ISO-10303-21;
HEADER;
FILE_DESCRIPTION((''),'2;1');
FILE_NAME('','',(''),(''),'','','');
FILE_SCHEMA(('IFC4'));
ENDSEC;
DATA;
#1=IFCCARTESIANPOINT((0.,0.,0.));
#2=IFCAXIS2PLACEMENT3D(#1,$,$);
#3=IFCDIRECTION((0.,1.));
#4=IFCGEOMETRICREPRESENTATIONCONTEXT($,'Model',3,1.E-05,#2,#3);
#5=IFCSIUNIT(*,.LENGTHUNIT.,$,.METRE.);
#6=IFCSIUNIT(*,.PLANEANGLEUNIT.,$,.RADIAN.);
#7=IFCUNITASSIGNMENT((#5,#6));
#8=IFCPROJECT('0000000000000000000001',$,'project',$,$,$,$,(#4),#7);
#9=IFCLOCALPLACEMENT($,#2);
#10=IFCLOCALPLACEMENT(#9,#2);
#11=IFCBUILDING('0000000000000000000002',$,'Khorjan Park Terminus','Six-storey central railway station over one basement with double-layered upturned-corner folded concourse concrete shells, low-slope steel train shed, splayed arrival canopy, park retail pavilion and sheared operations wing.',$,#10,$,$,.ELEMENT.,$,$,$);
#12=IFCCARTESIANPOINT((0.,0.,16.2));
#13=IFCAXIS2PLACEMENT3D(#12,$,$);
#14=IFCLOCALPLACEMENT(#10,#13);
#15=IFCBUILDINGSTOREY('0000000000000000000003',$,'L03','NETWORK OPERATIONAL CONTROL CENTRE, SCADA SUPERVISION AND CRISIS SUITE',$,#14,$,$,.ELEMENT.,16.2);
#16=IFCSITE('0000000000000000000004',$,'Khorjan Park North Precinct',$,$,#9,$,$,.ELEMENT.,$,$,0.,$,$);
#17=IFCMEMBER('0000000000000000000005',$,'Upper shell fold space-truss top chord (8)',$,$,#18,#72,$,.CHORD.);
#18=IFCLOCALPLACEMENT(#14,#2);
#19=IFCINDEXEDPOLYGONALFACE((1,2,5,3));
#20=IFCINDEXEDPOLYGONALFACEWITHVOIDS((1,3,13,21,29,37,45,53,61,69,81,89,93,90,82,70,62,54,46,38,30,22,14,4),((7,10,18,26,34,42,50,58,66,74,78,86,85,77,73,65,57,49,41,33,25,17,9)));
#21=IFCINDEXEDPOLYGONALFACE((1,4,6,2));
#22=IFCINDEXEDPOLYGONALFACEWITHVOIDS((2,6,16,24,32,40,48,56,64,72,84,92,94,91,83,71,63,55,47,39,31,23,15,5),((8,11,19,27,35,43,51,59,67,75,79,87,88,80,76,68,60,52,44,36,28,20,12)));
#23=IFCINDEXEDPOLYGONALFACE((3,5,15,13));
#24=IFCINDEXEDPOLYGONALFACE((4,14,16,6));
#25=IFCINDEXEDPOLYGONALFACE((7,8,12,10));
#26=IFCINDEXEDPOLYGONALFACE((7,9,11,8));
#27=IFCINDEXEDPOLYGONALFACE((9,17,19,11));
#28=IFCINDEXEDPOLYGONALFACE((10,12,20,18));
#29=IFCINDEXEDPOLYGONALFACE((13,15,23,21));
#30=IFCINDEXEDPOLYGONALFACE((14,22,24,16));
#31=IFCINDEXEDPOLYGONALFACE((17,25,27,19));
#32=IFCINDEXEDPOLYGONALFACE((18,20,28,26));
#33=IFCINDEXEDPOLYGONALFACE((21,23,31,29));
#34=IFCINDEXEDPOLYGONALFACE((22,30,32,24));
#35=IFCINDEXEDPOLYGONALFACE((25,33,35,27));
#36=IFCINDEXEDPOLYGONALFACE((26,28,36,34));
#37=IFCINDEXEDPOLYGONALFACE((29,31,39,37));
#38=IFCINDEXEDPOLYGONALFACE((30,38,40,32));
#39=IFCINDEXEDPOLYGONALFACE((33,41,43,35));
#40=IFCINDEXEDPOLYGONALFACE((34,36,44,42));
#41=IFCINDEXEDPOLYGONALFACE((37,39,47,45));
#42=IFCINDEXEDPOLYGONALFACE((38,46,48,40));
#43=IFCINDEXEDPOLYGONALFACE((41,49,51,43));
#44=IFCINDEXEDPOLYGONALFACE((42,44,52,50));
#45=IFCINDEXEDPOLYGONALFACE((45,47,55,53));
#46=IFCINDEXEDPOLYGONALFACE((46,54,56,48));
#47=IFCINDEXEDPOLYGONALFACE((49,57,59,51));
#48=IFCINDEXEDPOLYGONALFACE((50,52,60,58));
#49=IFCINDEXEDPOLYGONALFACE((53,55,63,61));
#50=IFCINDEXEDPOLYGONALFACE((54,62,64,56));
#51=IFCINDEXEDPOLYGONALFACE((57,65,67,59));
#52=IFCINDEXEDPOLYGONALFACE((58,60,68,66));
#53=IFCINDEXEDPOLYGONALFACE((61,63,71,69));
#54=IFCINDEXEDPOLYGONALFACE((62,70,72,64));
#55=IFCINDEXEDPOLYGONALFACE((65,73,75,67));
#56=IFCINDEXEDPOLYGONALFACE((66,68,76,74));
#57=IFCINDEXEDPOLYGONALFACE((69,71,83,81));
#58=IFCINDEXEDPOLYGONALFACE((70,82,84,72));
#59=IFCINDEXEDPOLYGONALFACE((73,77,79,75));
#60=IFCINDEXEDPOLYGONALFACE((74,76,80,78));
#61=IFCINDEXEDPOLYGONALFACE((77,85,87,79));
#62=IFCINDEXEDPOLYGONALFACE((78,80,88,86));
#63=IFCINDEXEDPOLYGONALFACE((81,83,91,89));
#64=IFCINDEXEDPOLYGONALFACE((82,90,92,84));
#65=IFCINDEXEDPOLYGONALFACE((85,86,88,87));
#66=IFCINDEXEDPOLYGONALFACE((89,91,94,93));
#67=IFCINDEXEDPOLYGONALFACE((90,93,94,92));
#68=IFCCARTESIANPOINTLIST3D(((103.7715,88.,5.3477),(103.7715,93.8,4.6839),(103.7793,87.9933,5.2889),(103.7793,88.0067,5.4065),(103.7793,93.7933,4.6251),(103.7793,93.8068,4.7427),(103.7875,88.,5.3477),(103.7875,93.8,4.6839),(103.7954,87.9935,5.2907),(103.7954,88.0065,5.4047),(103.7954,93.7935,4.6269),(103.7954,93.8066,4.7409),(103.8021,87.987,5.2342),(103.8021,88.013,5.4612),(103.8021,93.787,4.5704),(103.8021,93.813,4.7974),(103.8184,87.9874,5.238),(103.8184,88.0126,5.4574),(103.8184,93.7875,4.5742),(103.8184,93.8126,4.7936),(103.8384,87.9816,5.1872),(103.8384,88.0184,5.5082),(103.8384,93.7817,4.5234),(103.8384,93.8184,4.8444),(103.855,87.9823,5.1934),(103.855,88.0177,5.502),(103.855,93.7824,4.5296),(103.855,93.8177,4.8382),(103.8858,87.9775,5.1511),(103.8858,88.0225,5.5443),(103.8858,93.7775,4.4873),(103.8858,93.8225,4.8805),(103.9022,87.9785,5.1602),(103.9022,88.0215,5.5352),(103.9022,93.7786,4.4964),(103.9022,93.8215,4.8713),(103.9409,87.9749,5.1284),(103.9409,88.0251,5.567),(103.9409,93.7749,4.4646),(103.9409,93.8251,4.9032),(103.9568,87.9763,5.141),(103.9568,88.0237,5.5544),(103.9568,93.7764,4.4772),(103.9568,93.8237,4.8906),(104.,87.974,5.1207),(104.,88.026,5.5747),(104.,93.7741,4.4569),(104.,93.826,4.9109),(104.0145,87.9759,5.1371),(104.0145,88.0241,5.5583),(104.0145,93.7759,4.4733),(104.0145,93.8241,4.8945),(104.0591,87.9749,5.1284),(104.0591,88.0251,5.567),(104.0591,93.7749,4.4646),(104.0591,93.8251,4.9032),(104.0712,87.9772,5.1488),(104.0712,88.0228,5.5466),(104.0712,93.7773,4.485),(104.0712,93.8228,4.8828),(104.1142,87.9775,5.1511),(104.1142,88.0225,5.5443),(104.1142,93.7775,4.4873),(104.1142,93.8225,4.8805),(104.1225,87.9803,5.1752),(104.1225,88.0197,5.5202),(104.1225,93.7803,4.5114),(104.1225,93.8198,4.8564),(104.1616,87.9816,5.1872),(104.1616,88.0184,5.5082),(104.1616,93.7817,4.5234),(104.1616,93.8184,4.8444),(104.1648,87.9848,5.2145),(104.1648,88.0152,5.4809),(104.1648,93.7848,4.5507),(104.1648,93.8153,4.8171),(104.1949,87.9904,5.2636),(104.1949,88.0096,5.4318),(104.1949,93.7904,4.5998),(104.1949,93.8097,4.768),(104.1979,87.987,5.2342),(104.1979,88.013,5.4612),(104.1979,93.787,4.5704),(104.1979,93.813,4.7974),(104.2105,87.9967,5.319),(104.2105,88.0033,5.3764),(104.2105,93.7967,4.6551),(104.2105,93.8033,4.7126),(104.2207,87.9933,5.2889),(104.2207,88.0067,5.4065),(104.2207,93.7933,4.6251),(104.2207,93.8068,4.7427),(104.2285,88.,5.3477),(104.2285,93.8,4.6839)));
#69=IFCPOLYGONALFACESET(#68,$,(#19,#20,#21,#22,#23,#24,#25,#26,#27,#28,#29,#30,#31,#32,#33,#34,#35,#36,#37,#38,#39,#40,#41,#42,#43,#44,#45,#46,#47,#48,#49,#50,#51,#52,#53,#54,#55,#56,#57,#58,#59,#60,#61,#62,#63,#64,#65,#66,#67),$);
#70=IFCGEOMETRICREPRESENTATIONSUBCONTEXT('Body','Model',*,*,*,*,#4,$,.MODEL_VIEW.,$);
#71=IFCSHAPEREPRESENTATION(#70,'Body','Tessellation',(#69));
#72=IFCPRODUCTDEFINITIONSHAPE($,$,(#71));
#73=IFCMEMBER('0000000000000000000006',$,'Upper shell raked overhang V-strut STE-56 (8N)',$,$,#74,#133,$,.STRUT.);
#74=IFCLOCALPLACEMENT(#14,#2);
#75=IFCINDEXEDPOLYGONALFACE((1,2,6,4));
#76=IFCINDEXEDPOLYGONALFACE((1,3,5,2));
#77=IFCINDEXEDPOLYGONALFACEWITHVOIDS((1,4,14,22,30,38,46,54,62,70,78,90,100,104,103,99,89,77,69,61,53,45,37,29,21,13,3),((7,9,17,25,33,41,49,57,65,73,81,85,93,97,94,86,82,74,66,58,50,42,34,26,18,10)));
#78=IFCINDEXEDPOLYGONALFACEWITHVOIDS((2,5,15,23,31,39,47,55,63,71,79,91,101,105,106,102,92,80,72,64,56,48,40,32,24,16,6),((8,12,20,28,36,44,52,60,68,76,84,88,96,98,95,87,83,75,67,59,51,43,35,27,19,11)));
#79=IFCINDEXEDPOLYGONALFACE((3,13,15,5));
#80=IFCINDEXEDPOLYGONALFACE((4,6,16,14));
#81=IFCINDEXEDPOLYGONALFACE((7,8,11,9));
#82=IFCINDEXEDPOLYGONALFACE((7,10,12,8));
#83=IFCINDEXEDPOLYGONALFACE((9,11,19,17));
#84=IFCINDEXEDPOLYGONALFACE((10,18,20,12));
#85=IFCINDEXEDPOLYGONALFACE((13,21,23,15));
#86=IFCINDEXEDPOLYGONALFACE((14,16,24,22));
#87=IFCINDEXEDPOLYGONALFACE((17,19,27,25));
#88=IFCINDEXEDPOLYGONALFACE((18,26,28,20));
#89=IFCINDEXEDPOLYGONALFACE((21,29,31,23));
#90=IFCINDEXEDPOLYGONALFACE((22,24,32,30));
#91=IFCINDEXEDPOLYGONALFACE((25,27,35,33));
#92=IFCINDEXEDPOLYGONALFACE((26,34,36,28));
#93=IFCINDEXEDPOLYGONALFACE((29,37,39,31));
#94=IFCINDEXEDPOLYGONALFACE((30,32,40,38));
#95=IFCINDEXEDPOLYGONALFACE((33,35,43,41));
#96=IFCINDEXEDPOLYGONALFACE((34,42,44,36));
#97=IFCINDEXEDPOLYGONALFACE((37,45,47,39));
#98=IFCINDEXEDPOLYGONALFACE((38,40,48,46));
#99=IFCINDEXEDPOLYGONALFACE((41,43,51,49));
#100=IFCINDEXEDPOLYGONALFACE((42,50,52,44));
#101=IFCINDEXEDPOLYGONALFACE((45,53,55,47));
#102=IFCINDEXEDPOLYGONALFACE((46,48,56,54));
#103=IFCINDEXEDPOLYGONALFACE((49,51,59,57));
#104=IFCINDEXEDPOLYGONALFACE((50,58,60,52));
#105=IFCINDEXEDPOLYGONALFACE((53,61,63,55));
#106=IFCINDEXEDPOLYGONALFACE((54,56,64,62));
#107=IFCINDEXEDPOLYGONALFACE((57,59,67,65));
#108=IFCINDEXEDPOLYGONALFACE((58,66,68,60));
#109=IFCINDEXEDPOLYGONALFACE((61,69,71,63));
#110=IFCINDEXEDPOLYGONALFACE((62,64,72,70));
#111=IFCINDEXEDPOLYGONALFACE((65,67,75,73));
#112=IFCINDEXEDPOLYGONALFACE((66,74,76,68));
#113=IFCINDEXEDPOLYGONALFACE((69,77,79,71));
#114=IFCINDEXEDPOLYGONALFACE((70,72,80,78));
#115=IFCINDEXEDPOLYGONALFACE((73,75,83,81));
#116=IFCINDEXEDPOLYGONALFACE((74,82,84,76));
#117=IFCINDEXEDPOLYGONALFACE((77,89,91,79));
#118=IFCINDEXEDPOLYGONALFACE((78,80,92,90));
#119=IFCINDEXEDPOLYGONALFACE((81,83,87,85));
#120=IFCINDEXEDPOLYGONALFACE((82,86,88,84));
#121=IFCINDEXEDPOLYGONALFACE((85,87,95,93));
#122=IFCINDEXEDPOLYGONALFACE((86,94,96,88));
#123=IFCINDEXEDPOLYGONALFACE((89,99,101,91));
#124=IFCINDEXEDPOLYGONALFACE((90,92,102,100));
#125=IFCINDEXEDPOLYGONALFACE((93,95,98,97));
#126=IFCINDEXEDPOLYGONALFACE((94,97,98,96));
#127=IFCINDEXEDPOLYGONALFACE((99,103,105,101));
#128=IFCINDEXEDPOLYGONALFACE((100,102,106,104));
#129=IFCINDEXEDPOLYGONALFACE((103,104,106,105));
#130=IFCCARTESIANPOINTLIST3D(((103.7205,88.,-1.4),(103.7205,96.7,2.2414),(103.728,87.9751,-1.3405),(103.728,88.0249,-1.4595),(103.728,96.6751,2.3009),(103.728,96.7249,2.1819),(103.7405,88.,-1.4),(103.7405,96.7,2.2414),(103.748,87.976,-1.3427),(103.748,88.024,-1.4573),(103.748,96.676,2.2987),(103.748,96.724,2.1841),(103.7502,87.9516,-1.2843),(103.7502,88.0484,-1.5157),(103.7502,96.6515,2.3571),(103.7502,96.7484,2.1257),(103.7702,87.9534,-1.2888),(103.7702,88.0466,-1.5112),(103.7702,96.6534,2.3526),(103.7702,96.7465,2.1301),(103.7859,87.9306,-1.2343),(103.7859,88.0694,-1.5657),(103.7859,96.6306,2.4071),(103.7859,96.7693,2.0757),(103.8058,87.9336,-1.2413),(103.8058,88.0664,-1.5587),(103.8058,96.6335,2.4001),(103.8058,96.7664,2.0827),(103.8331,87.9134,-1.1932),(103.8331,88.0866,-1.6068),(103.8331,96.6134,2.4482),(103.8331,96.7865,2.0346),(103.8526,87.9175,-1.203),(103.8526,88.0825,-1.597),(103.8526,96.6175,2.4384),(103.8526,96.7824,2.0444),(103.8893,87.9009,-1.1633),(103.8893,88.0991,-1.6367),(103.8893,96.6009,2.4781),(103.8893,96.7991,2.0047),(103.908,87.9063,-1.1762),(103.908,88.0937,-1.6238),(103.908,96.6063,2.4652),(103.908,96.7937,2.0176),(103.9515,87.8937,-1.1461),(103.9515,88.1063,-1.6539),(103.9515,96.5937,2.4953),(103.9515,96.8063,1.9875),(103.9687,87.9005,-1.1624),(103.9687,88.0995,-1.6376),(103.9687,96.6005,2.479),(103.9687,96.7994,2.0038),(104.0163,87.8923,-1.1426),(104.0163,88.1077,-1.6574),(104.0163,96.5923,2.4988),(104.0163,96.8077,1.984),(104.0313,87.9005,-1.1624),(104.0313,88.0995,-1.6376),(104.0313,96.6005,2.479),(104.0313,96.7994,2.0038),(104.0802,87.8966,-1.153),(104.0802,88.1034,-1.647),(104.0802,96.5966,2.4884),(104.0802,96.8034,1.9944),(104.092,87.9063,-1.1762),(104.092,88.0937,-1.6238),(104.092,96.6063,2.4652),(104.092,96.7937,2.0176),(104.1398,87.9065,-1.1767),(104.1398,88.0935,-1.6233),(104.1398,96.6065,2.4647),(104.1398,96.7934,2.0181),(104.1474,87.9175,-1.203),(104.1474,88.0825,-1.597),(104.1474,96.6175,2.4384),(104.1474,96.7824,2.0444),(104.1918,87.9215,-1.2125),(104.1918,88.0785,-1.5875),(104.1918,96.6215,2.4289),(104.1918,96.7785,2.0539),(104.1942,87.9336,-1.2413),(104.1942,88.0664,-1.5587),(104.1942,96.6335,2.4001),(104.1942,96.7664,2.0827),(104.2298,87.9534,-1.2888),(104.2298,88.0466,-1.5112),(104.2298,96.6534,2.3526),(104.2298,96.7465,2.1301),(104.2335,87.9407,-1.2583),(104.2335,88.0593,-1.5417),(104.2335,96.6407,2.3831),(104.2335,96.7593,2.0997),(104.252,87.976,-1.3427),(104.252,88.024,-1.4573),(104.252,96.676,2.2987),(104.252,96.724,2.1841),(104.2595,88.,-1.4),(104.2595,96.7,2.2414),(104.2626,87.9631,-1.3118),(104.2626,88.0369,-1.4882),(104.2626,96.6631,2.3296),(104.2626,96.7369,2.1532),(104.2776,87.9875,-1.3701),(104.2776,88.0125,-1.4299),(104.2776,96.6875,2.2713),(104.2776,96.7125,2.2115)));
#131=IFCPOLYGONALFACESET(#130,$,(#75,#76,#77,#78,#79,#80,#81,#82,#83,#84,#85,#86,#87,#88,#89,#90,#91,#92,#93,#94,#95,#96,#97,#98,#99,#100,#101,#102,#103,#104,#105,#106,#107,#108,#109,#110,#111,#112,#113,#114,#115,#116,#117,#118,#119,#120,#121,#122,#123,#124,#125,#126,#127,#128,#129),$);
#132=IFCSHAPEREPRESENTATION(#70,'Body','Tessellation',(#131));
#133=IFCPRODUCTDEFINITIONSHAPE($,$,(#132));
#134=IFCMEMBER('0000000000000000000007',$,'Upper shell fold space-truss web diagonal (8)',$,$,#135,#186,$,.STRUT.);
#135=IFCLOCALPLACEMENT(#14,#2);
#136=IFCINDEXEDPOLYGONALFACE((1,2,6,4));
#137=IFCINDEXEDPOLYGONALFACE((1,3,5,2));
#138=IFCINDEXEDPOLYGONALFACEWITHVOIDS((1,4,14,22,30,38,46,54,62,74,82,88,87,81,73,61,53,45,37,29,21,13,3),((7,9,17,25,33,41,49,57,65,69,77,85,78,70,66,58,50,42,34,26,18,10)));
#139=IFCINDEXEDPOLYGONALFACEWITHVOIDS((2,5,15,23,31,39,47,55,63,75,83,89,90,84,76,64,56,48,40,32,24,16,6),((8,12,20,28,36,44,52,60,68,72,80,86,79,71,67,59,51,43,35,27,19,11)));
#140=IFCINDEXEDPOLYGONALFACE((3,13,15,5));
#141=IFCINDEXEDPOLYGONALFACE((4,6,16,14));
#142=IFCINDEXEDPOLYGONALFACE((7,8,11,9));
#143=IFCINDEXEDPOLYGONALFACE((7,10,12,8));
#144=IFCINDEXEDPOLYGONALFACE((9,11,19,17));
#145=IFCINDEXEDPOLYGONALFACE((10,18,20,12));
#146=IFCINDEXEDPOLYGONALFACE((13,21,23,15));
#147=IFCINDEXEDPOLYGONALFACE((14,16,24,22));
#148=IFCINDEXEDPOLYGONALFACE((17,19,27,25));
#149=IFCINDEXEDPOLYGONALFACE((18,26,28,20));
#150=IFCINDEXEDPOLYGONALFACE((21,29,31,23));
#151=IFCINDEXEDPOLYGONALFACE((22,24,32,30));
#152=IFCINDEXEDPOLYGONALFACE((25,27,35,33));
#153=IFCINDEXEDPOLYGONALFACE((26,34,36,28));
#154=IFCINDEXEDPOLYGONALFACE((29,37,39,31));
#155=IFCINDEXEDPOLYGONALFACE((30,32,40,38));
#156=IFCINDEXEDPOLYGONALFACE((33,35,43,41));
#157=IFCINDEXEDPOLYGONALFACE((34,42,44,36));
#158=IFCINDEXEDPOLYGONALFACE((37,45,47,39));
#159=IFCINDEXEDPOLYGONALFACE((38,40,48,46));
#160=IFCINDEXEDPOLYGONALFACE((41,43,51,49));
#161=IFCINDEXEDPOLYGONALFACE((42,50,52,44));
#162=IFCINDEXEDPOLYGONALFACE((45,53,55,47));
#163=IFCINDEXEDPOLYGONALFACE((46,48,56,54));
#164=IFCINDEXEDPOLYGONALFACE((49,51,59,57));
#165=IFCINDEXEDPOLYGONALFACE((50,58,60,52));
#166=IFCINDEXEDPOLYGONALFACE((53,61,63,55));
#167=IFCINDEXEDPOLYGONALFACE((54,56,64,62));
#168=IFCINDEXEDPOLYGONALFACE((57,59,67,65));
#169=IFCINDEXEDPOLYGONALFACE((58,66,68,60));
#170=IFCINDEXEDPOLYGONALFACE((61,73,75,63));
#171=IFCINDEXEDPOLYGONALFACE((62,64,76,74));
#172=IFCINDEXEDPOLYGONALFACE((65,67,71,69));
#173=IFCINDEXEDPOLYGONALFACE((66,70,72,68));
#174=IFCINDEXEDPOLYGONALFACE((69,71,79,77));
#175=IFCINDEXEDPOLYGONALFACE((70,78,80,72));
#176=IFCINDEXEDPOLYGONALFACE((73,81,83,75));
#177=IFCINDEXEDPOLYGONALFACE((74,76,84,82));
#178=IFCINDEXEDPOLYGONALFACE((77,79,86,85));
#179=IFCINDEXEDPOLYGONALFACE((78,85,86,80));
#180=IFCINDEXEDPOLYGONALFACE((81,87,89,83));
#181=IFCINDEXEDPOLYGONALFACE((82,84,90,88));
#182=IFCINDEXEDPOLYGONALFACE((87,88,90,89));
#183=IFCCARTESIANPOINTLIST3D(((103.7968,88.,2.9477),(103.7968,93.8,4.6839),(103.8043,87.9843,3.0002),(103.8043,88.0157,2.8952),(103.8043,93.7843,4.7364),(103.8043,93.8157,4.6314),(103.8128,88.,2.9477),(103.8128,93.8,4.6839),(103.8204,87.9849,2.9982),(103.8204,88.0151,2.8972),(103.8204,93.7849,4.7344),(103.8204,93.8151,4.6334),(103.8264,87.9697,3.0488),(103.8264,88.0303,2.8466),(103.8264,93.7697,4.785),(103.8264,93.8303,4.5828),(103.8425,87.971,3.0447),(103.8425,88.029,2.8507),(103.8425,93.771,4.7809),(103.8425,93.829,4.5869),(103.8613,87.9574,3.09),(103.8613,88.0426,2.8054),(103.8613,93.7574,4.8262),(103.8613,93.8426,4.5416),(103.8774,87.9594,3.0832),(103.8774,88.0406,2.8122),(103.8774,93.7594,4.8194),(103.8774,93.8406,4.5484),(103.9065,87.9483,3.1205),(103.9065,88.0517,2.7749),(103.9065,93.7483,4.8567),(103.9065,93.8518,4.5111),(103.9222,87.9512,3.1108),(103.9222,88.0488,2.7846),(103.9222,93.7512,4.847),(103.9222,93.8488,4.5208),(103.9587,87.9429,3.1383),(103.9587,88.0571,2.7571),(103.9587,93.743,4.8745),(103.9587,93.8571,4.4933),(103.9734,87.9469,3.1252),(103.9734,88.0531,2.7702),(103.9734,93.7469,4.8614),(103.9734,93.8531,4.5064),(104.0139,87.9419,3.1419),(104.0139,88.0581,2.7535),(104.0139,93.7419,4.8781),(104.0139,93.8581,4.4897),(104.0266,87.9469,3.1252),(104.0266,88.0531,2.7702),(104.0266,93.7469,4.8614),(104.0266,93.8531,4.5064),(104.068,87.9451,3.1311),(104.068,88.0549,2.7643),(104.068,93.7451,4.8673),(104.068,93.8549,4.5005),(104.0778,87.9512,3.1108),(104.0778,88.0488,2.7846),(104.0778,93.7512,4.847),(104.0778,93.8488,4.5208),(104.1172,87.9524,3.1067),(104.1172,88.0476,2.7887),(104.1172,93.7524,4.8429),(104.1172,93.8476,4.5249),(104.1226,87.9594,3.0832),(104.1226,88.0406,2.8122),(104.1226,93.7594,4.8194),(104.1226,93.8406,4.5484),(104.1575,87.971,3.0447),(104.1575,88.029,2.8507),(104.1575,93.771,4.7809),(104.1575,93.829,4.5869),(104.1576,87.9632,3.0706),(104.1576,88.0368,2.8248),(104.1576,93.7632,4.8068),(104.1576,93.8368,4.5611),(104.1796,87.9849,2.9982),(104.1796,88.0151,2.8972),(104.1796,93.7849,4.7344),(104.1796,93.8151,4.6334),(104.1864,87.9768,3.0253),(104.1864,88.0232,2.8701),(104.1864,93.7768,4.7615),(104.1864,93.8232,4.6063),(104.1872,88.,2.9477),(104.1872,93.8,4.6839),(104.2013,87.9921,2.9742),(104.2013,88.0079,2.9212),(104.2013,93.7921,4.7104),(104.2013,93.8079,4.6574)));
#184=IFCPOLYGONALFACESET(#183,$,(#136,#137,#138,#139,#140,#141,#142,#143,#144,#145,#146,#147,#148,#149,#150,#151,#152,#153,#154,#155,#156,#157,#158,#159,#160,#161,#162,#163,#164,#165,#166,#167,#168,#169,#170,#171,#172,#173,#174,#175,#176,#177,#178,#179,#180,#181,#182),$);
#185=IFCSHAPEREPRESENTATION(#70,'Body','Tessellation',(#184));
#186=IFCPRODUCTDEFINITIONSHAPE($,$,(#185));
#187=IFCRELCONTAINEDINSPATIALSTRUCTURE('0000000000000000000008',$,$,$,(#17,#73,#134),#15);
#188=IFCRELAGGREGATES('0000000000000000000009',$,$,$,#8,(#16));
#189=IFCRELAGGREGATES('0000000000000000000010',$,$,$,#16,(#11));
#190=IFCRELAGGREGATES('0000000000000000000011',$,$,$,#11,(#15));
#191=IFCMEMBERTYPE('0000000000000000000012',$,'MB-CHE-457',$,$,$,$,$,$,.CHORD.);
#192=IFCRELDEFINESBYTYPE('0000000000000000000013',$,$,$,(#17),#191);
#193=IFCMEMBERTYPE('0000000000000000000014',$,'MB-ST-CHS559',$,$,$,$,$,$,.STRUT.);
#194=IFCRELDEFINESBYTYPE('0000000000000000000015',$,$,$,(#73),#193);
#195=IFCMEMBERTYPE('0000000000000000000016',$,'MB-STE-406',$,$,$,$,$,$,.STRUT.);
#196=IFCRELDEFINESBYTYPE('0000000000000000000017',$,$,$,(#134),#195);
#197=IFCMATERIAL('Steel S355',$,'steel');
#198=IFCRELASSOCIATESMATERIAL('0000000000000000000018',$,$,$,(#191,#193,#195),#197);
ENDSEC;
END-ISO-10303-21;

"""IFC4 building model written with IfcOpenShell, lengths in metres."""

from ifc_helpers import new_model, si_unit, direction, frame, origin, origin_2d, place, context, subcontext, project, spatial, hollow_circle, extrude, material, material_profile, profile_set, type_object, element, save


model = new_model("IFC4")

# Units and contexts
model_context = context("Model", 3, precision=1e-05, world=origin(), true_north=direction((0.0, 1.0)))
body_context = subcontext(model_context, "Body", "Model", "MODEL_VIEW")
ifc_project = project(units=[si_unit("LENGTHUNIT", "METRE"), si_unit("PLANEANGLEUNIT", "RADIAN")], contexts=[model_context])

# Site, building, storey
site_placement = place(None, origin())
site = spatial("IfcSite", under=ifc_project, at=site_placement, Name="Khorjan Park North Precinct", CompositionType="ELEMENT", RefElevation=0.0)
building_placement = place(site_placement, origin())
building = spatial("IfcBuilding", under=site, at=building_placement, Name="Khorjan Park Terminus", Description="Six-storey central railway station over one basement with double-layered upturned-corner folded concourse concrete shells, low-slope steel train shed, splayed arrival canopy, park retail pavilion and sheared operations wing.", CompositionType="ELEMENT")
storey_placement = place(building_placement, frame((0.0, 0.0, 16.2)))
storey = spatial("IfcBuildingStorey", under=building, at=storey_placement, Name="L03", Description="NETWORK OPERATIONAL CONTROL CENTRE, SCADA SUPERVISION AND CRISIS SUITE", CompositionType="ELEMENT", Elevation=16.2)

# Members
ifc_material = material(Name="Steel S355", Category="steel")
ifc_material_profile_1 = material_profile(ifc_material, hollow_circle(Radius=0.2285, WallThickness=0.016, at=origin_2d()), Name="CHS 457x16")
ifc_profile_set_1 = profile_set([ifc_material_profile_1], Name="Steel S355")
member_type_1 = type_object("IfcMemberType", Name="MB-CHE-457", PredefinedType="CHORD", material=ifc_profile_set_1)
member_1_placement = place(storey_placement, frame((104.0, 88.0, 5.3477), z_axis=(0.0, 0.993514, -0.113706), x_axis=(-1.0, 0.0, 0.0)))
element("IfcMember", 1, at=member_1_placement, inside=storey, type_object=member_type_1, Name="Upper shell fold space-truss top chord (8)", PredefinedType="CHORD", context=body_context, shape_type="SweptSolid", body=[
    extrude(hollow_circle(Radius=0.2285, WallThickness=0.016, at=origin_2d()), origin(), (0.0, 0.0, 1.0), 5.8379),
])
ifc_material_profile_2 = material_profile(ifc_material, hollow_circle(Radius=0.2795, WallThickness=0.02, at=origin_2d()), Name="CHS 559x20")
ifc_profile_set_2 = profile_set([ifc_material_profile_2], Name="Steel S355")
member_type_2 = type_object("IfcMemberType", Name="MB-ST-CHS559", PredefinedType="STRUT", material=ifc_profile_set_2)
member_2_placement = place(storey_placement, frame((104.0, 88.0, -1.4), z_axis=(0.0, 0.922458, 0.386097), x_axis=(-1.0, 0.0, 0.0)))
element("IfcMember", 2, at=member_2_placement, inside=storey, type_object=member_type_2, Name="Upper shell raked overhang V-strut STE-56 (8N)", PredefinedType="STRUT", context=body_context, shape_type="SweptSolid", body=[
    extrude(hollow_circle(Radius=0.2795, WallThickness=0.02, at=origin_2d()), origin(), (0.0, 0.0, 1.0), 9.4313),
])
ifc_material_profile_3 = material_profile(ifc_material, hollow_circle(Radius=0.2032, WallThickness=0.016, at=origin_2d()), Name="CHS 406.4x16")
ifc_profile_set_3 = profile_set([ifc_material_profile_3], Name="Steel S355")
member_type_3 = type_object("IfcMemberType", Name="MB-STE-406", PredefinedType="STRUT", material=ifc_profile_set_3)
member_3_placement = place(storey_placement, frame((104.0, 88.0, 2.9477), z_axis=(0.0, 0.957999, 0.286772), x_axis=(-1.0, 0.0, 0.0)))
element("IfcMember", 3, at=member_3_placement, inside=storey, type_object=member_type_3, Name="Upper shell fold space-truss web diagonal (8)", PredefinedType="STRUT", context=body_context, shape_type="SweptSolid", body=[
    extrude(hollow_circle(Radius=0.2032, WallThickness=0.016, at=origin_2d()), origin(), (0.0, 0.0, 1.0), 6.0543),
])

save(model, "model.ifc")
